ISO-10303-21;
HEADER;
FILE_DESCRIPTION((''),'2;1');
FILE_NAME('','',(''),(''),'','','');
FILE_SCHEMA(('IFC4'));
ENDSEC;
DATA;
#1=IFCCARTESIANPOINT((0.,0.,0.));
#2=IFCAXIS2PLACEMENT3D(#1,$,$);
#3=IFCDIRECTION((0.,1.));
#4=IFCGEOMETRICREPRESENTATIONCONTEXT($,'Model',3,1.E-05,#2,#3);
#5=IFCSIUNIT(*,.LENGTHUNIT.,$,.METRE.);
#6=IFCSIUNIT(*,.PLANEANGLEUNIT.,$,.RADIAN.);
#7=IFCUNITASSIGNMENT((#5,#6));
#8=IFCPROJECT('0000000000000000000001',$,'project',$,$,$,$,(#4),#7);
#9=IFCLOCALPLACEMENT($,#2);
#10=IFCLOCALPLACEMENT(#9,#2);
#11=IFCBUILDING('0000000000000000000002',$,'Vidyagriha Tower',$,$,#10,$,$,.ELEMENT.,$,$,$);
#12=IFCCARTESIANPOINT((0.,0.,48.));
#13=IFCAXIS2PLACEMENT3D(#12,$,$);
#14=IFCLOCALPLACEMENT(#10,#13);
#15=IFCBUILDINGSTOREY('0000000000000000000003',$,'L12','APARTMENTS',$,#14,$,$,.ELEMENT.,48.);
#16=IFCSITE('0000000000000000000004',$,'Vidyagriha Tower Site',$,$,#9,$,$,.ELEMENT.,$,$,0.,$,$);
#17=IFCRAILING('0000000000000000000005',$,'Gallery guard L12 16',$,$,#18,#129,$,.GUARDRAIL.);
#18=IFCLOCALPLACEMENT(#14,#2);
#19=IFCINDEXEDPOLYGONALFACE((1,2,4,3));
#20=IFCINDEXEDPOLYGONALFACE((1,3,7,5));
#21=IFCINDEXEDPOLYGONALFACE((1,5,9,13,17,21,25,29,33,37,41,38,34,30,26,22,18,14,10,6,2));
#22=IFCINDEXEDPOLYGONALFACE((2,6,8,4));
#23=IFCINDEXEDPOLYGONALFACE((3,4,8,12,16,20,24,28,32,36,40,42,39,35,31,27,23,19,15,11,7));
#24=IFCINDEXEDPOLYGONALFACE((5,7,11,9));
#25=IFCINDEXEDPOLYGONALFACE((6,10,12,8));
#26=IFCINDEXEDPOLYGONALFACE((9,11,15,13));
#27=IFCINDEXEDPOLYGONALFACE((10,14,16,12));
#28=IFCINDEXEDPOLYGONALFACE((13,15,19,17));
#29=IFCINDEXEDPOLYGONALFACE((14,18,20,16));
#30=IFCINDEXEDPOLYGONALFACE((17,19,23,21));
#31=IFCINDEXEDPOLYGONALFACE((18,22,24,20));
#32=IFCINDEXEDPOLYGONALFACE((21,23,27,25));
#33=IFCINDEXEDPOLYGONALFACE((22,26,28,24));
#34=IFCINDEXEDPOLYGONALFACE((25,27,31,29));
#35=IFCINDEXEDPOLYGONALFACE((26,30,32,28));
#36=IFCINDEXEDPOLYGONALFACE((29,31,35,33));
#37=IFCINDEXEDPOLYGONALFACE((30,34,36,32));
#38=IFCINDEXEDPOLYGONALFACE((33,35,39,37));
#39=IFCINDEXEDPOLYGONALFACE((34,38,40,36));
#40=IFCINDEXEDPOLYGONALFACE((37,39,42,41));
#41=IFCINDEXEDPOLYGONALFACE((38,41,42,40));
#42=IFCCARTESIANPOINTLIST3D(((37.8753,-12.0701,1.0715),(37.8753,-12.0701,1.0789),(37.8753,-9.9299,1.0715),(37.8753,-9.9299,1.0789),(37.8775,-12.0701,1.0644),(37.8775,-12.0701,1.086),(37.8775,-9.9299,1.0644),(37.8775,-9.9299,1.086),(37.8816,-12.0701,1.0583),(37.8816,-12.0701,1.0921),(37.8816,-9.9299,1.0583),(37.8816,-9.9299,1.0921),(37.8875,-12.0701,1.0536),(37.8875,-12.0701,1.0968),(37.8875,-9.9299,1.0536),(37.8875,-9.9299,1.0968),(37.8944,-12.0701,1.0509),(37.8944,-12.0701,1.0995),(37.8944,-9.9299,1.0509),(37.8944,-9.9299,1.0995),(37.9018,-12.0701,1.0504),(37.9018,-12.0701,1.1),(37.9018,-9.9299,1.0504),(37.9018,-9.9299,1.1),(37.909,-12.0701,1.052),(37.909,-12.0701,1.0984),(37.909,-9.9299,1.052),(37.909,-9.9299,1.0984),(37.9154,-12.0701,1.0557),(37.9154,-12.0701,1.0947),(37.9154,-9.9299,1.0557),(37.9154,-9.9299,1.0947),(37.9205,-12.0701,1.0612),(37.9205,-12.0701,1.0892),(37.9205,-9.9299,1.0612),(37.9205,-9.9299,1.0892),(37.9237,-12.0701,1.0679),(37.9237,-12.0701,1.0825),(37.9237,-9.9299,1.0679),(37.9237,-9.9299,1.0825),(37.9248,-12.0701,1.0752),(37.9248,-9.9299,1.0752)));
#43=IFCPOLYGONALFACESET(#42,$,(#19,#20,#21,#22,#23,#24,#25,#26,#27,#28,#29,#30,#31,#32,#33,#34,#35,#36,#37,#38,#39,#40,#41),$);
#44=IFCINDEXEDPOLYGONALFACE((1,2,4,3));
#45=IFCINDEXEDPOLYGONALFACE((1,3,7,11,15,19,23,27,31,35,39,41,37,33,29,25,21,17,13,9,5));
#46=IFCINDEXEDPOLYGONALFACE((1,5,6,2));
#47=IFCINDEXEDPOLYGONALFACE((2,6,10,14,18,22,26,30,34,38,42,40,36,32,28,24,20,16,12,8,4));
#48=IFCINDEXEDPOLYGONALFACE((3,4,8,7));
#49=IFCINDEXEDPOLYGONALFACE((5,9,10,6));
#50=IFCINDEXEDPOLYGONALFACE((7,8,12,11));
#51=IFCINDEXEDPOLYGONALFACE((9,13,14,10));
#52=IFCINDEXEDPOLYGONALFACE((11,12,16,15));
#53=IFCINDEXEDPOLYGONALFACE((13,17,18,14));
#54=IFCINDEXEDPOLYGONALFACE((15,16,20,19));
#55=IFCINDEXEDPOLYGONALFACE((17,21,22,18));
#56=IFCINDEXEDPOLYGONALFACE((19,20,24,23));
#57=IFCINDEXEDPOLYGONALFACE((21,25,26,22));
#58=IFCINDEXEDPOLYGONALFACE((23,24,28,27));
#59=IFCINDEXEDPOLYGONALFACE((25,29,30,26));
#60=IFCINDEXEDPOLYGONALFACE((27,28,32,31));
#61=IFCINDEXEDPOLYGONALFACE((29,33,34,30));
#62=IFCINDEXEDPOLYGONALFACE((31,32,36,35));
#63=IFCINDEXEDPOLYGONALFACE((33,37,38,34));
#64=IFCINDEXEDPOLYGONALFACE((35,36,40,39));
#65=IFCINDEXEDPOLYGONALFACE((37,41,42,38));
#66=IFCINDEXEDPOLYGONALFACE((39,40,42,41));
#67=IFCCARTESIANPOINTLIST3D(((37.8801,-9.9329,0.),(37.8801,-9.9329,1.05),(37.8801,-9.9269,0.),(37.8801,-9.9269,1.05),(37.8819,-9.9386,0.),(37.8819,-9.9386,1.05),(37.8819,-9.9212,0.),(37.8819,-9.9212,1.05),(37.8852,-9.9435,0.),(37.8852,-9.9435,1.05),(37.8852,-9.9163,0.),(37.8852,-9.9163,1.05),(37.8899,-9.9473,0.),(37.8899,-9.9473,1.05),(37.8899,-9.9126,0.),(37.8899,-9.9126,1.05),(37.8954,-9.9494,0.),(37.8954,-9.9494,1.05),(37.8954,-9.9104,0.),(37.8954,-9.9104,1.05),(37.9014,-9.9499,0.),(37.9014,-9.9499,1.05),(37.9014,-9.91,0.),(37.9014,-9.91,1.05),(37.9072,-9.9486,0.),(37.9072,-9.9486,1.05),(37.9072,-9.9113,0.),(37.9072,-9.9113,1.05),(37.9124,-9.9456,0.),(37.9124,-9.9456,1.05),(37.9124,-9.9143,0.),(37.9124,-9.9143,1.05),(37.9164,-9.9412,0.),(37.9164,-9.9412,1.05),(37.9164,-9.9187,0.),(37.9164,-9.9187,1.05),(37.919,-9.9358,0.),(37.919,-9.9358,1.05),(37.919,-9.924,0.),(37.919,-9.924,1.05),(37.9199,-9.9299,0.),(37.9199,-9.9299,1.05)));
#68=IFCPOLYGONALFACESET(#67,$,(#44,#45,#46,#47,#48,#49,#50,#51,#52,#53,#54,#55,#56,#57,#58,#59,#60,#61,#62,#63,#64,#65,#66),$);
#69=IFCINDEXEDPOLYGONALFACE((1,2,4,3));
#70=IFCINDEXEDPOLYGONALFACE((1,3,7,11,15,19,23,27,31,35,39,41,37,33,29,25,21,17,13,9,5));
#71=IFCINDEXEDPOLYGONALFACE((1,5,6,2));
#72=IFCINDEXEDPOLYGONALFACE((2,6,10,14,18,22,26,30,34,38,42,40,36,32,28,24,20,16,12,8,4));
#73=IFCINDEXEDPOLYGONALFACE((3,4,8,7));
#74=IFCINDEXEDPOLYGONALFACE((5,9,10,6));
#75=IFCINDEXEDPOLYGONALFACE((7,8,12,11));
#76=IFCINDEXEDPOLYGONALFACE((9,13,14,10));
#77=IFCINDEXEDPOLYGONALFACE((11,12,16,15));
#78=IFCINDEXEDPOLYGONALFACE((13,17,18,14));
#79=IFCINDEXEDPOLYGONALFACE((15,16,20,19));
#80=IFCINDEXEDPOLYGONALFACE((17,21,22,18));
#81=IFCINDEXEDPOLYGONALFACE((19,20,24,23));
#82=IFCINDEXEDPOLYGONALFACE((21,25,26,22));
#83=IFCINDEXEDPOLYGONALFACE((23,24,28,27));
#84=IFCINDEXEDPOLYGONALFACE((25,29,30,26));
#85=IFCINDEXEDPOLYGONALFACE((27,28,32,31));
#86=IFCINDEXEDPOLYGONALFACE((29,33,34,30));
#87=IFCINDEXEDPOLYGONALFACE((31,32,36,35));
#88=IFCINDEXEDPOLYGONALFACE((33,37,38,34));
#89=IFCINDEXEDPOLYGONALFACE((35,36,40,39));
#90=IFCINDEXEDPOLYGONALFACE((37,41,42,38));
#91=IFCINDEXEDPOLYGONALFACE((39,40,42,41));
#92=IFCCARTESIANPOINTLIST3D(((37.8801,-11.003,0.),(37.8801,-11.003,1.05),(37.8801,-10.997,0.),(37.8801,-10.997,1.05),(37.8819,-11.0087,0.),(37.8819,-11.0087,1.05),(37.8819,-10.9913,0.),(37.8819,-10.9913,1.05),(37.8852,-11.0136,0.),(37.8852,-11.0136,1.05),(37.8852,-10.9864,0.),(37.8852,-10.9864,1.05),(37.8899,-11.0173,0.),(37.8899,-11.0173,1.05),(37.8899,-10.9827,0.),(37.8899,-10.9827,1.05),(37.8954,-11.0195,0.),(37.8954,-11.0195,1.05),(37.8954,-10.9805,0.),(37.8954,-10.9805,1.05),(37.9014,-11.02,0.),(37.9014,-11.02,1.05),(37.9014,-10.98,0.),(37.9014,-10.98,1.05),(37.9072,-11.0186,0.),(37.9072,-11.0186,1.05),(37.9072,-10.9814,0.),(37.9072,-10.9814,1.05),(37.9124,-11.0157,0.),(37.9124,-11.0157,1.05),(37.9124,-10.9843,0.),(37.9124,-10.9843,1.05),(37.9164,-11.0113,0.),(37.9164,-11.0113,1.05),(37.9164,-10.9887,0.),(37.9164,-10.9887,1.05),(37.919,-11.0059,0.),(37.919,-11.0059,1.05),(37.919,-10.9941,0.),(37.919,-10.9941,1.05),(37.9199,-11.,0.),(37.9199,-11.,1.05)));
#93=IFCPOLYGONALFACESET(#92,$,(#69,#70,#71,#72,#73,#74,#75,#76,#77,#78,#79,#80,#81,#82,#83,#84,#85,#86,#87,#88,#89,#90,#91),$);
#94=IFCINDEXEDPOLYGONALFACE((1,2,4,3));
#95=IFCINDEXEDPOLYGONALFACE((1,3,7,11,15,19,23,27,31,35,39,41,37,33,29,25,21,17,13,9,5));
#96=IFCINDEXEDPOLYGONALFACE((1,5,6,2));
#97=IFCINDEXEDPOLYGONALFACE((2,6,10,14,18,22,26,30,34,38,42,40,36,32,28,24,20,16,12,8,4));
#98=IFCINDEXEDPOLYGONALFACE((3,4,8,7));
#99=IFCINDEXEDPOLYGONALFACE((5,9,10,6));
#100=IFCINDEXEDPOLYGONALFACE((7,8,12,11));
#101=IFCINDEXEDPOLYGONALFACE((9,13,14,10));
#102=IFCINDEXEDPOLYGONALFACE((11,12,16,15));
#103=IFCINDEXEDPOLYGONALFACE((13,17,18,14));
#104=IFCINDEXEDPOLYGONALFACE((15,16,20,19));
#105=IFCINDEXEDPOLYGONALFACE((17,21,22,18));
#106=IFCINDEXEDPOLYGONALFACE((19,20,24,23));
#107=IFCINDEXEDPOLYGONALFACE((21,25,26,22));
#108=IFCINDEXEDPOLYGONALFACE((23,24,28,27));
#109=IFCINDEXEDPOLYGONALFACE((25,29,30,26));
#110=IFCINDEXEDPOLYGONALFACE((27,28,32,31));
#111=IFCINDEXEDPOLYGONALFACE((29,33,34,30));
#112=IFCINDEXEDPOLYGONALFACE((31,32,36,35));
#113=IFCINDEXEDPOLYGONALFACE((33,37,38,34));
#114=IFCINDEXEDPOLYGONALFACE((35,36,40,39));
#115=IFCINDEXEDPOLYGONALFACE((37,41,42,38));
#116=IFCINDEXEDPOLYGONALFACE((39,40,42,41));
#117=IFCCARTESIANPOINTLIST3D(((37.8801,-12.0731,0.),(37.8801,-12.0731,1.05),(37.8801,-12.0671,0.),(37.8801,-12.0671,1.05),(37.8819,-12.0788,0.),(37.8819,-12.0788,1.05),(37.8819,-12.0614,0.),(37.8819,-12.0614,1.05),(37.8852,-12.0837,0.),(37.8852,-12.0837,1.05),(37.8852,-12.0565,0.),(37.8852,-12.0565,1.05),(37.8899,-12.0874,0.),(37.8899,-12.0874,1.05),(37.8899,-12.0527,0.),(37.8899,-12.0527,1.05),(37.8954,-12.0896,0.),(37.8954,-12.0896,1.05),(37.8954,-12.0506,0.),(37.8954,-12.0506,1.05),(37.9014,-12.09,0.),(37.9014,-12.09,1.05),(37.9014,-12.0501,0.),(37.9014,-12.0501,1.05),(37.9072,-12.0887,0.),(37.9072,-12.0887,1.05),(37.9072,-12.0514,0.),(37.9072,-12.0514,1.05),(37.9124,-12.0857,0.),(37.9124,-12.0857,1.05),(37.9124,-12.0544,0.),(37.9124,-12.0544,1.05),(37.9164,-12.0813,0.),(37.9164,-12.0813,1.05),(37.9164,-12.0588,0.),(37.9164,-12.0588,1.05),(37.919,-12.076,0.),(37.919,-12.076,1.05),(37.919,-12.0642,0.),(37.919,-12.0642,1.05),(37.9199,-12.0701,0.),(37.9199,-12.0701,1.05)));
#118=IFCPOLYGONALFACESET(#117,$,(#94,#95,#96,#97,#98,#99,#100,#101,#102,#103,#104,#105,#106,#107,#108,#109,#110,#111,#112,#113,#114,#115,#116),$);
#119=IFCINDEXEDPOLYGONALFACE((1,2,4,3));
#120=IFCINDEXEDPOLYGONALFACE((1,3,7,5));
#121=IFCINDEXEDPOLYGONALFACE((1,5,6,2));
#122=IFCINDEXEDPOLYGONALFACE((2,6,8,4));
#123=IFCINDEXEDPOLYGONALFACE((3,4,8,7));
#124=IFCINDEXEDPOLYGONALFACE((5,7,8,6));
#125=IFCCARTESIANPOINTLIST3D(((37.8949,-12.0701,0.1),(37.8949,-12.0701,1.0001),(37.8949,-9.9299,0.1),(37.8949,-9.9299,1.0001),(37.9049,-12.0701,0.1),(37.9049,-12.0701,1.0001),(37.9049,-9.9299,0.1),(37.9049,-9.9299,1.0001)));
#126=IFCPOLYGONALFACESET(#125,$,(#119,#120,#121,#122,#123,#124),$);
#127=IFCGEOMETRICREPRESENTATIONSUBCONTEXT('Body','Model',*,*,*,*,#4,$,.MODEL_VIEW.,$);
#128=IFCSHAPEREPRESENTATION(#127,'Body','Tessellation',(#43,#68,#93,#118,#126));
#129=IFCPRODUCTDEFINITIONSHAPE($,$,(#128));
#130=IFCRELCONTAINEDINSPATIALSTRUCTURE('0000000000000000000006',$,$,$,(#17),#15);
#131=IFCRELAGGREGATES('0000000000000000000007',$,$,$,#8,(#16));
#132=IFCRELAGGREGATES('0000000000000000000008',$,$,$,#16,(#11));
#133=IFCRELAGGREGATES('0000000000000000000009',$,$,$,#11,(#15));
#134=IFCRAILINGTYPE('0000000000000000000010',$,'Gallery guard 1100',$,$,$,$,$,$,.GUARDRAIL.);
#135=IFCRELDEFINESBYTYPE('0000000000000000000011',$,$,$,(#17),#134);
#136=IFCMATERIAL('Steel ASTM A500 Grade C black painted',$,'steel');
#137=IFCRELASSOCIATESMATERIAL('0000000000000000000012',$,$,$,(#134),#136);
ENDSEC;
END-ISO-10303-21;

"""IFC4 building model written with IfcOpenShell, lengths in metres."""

from ifc_helpers import new_model, si_unit, direction, frame, origin, origin_2d, place, context, subcontext, project, spatial, rectangle, circle, extrude, material, type_object, element, save


model = new_model("IFC4")

# Units and contexts
model_context = context("Model", 3, precision=1e-05, world=origin(), true_north=direction((0.0, 1.0)))
body_context = subcontext(model_context, "Body", "Model", "MODEL_VIEW")
ifc_project = project(units=[si_unit("LENGTHUNIT", "METRE"), si_unit("PLANEANGLEUNIT", "RADIAN")], contexts=[model_context])

# Site, building, storey
site_placement = place(None, origin())
site = spatial("IfcSite", under=ifc_project, at=site_placement, Name="Vidyagriha Tower Site", CompositionType="ELEMENT", RefElevation=0.0)
building_placement = place(site_placement, origin())
building = spatial("IfcBuilding", under=site, at=building_placement, Name="Vidyagriha Tower", CompositionType="ELEMENT")
storey_placement = place(building_placement, frame((0.0, 0.0, 48.0)))
storey = spatial("IfcBuildingStorey", under=building, at=storey_placement, Name="L12", Description="APARTMENTS", CompositionType="ELEMENT", Elevation=48.0)

# Railing
ifc_material_1 = material(Name="Steel ASTM A500 Grade C black painted", Category="steel")
railing_type_1 = type_object("IfcRailingType", Name="Gallery guard 1100", PredefinedType="GUARDRAIL", material=ifc_material_1)
railing_1_placement = place(storey_placement, frame((37.8999, -9.9299, 0.0)))
element("IfcRailing", 1, at=railing_1_placement, inside=storey, type_object=railing_type_1, Name="Gallery guard L12 16", PredefinedType="GUARDRAIL", context=body_context, shape_type="SweptSolid", body=[
    extrude(circle(Radius=0.0249, at=origin_2d()), frame((0.0, 0.0, 1.0752), z_axis=(0.0, -1.0, 0.0), x_axis=(1.0, 0.0, 0.0)), (0.0, 0.0, 1.0), 2.1401),
    extrude(circle(Radius=0.02, at=origin_2d()), origin(), (0.0, 0.0, 1.0), 1.05),
    extrude(circle(Radius=0.02, at=origin_2d()), frame((0.0, -1.0701, 0.0)), (0.0, 0.0, 1.0), 1.05),
    extrude(circle(Radius=0.02, at=origin_2d()), frame((0.0, -2.1401, 0.0)), (0.0, 0.0, 1.0), 1.05),
    extrude(rectangle(XDim=0.01, YDim=0.9001, at=origin_2d()), frame((0.0, 0.0, 0.55), z_axis=(0.0, -1.0, 0.0), x_axis=(1.0, 0.0, 0.0)), (0.0, 0.0, 1.0), 2.1401),
])

save(model, "model.ifc")
